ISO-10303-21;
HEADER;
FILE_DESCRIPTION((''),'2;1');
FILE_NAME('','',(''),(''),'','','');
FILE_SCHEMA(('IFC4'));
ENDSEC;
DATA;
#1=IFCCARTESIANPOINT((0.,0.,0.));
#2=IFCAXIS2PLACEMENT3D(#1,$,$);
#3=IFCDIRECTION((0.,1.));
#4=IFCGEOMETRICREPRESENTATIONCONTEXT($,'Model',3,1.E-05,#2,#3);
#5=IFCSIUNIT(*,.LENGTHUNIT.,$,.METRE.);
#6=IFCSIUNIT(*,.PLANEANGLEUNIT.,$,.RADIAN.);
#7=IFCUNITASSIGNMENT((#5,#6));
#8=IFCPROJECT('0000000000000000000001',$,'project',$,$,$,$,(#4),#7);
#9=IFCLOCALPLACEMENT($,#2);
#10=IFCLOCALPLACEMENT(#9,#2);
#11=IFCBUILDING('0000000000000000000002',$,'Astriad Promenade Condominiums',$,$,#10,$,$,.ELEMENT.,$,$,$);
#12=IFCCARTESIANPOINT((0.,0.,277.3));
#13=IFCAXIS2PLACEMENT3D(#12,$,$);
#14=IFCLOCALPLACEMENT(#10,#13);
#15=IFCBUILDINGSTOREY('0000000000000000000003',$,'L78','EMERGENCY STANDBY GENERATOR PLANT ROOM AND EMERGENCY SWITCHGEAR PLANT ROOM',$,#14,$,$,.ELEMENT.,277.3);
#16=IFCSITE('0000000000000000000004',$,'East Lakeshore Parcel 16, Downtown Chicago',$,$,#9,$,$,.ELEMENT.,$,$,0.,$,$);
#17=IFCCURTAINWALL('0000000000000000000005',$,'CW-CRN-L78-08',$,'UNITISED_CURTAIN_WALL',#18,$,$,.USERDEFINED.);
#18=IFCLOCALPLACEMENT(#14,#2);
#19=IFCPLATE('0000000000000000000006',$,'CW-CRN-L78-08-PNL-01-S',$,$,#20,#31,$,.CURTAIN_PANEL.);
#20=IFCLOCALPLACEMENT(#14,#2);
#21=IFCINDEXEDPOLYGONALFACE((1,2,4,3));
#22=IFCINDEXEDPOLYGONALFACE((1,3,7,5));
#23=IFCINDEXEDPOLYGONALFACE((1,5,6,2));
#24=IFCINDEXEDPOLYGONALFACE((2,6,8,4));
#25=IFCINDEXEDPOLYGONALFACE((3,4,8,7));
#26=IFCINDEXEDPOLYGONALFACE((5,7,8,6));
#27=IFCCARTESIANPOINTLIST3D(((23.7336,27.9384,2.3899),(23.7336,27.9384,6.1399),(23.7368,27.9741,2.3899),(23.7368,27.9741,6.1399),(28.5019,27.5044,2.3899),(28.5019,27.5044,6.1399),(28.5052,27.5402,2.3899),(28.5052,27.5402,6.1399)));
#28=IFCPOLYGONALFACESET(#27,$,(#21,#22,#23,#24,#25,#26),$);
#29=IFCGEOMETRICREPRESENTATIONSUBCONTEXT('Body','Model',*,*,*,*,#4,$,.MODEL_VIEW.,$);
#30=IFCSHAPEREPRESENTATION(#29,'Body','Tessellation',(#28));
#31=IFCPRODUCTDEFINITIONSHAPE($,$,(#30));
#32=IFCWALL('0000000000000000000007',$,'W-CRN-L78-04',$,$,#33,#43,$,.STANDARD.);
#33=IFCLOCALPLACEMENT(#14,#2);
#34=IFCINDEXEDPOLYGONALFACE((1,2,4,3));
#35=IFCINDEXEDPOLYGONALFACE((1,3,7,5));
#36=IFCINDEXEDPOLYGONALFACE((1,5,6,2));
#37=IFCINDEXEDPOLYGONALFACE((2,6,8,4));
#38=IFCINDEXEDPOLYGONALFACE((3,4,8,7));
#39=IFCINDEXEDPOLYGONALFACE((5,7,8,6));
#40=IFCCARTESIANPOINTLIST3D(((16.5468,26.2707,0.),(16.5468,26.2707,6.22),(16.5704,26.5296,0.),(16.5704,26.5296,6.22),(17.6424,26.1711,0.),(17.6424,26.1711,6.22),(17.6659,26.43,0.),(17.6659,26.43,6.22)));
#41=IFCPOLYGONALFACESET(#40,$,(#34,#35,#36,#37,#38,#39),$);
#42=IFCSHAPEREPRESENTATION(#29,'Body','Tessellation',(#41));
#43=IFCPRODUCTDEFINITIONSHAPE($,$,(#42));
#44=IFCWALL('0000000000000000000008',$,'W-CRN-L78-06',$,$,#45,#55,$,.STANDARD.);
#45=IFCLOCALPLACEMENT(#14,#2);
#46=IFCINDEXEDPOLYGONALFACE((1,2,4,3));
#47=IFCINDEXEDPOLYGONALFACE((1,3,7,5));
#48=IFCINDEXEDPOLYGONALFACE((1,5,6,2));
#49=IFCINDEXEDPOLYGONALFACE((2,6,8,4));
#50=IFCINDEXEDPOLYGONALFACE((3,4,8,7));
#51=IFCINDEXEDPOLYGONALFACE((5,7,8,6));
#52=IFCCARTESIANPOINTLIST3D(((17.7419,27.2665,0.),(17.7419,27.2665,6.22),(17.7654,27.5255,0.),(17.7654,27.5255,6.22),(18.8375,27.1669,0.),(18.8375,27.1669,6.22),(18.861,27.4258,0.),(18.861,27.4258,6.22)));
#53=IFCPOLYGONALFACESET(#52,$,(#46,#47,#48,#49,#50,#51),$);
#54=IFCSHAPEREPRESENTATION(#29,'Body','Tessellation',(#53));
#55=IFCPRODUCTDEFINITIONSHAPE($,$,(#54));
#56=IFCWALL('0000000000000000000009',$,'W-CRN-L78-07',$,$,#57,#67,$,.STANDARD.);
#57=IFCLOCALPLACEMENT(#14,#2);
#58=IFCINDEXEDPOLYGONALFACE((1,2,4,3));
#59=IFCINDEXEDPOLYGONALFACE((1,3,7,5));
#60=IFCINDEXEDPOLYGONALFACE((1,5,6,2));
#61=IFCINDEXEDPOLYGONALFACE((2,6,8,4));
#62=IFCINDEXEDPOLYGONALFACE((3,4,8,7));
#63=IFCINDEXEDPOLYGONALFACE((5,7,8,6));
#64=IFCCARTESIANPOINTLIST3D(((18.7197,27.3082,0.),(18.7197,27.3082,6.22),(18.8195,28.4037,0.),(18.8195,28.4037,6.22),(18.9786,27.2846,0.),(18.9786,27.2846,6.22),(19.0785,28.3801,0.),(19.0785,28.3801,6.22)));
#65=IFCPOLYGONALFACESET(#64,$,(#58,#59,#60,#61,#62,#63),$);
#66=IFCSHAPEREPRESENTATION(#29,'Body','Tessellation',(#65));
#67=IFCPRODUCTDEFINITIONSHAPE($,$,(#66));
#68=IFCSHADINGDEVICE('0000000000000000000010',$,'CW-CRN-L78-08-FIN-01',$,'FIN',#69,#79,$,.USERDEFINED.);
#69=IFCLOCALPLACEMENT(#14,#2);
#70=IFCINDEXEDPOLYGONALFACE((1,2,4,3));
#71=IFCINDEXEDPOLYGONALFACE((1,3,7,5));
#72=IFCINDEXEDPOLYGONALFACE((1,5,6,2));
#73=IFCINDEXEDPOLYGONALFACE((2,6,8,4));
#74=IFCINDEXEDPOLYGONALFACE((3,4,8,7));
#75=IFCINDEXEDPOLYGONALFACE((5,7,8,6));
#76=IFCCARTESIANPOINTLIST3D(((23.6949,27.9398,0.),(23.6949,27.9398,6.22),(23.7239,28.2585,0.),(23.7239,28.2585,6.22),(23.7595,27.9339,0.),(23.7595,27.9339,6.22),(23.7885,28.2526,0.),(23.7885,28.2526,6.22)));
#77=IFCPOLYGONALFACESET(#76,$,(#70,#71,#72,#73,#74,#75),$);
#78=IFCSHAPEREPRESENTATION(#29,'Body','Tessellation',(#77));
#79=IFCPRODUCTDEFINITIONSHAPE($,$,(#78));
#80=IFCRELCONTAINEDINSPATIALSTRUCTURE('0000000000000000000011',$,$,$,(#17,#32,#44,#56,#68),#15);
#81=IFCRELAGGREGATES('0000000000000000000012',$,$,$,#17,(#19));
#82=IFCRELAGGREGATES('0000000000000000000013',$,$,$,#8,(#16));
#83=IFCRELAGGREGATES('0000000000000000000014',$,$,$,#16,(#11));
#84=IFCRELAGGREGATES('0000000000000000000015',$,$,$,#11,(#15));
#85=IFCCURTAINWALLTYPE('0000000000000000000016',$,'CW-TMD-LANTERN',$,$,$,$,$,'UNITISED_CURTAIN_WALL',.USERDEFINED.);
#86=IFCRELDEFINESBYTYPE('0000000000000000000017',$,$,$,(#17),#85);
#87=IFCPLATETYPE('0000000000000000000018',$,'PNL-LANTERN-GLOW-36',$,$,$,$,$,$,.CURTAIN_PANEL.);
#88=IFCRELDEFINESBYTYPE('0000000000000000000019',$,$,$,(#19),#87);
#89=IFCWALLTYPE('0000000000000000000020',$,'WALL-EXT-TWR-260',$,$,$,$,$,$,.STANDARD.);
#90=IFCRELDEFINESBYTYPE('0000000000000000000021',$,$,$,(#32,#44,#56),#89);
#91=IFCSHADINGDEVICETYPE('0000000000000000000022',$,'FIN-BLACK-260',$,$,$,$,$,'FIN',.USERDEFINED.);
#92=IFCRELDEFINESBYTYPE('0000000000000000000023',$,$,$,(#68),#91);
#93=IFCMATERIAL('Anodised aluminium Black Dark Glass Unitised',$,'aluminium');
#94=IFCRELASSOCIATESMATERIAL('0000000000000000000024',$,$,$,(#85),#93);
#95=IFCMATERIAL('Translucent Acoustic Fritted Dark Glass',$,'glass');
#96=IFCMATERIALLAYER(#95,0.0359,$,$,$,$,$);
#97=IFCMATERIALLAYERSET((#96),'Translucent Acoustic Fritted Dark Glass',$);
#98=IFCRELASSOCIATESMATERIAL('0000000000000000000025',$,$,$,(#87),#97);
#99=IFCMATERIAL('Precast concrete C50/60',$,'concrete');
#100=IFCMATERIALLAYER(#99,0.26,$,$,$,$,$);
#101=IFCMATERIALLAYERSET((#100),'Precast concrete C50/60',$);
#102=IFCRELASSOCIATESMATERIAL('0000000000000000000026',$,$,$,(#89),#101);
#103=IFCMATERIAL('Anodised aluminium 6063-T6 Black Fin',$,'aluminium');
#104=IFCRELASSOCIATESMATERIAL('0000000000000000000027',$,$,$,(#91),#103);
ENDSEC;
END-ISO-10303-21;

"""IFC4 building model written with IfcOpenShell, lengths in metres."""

from ifc_helpers import new_model, si_unit, direction, frame, frame_2d, origin, origin_2d, place, context, subcontext, project, spatial, rectangle, extrude, source, transform, mapped, material, layer, layer_set, type_object, type_shapes, element, aggregate, save


model = new_model("IFC4")

# Units and contexts
model_context = context("Model", 3, precision=1e-05, world=origin(), true_north=direction((0.0, 1.0)))
body_context = subcontext(model_context, "Body", "Model", "MODEL_VIEW")
ifc_project = project(units=[si_unit("LENGTHUNIT", "METRE"), si_unit("PLANEANGLEUNIT", "RADIAN")], contexts=[model_context])

# Site, building, storey
site_placement = place(None, origin())
site = spatial("IfcSite", under=ifc_project, at=site_placement, Name="East Lakeshore Parcel 16, Downtown Chicago", CompositionType="ELEMENT", RefElevation=0.0)
building_placement = place(site_placement, origin())
building = spatial("IfcBuilding", under=site, at=building_placement, Name="Astriad Promenade Condominiums", CompositionType="ELEMENT")
storey_placement = place(building_placement, frame((0.0, 0.0, 277.3)))
storey = spatial("IfcBuildingStorey", under=building, at=storey_placement, Name="L78", Description="EMERGENCY STANDBY GENERATOR PLANT ROOM AND EMERGENCY SWITCHGEAR PLANT ROOM", CompositionType="ELEMENT", Elevation=277.3)

# Shared definitions
ifc_material_1 = material(Name="Anodised aluminium Black Dark Glass Unitised", Category="aluminium")
curtain_wall_type = type_object("IfcCurtainWallType", Name="CW-TMD-LANTERN", ElementType="UNITISED_CURTAIN_WALL", PredefinedType="USERDEFINED", material=ifc_material_1)

# Curtain wall
curtain_wall_1_placement = place(storey_placement, origin())
curtain_wall_1 = element("IfcCurtainWall", 1, at=curtain_wall_1_placement, inside=storey, type_object=curtain_wall_type, Name="CW-CRN-L78-08", ObjectType="UNITISED_CURTAIN_WALL", PredefinedType="USERDEFINED")

# Plate
ifc_material_2 = material(Name="Translucent Acoustic Fritted Dark Glass", Category="glass")
ifc_layer_1 = layer(ifc_material_2, 0.0359)
ifc_layer_set_1 = layer_set([ifc_layer_1], Name="Translucent Acoustic Fritted Dark Glass")
plate_type_1 = type_object("IfcPlateType", Name="PNL-LANTERN-GLOW-36", PredefinedType="CURTAIN_PANEL", material=ifc_layer_set_1)
shared_shape_1 = source(origin(), body_context, "Body", "SweptSolid", [
    extrude(rectangle(XDim=4.7881, YDim=0.0359, at=origin_2d()), origin(), (0.0, 0.0, 1.0), 3.75),
])
plate_1_placement = place(storey_placement, frame((26.1194, 27.7393, 2.3899), z_axis=(0.0, 0.0, 1.0), x_axis=(0.995884, -0.090633, 0.0)))
plate_1 = element("IfcPlate", 2, at=plate_1_placement, type_object=plate_type_1, Name="CW-CRN-L78-08-PNL-01-S", PredefinedType="CURTAIN_PANEL", context=body_context, shape_type="MappedRepresentation", body=[
    mapped(shared_shape_1, transform((0.0, 0.0, 0.0), scale=1.0)),
])
aggregate(curtain_wall_1, [plate_1])

# Walls
ifc_material_3 = material(Name="Precast concrete C50/60", Category="concrete")
ifc_layer_2 = layer(ifc_material_3, 0.26)
ifc_layer_set_2 = layer_set([ifc_layer_2], Name="Precast concrete C50/60")
wall_type = type_object("IfcWallType", Name="WALL-EXT-TWR-260", PredefinedType="STANDARD", material=ifc_layer_set_2)
for number, where, z_axis, x_axis, name in (
    (3, (16.5586, 26.4001, 0.0), (0.0, 0.0, 1.0), (0.995891, -0.090556, 0.0), "W-CRN-L78-04"),
    (4, (17.7537, 27.396, 0.0), (0.0, 0.0, 1.0), (0.995891, -0.090556, 0.0), "W-CRN-L78-06"),
    (5, (18.8491, 27.2964, 0.0), (0.0, 0.0, 1.0), (0.090776, 0.995871, 0.0), "W-CRN-L78-07"),
):
    element("IfcWall", number, at=place(storey_placement, frame(where, z_axis=z_axis, x_axis=x_axis)), inside=storey, type_object=wall_type, Name=name, PredefinedType="STANDARD", context=body_context, shape_type="SweptSolid", body=[
        extrude(rectangle(XDim=1.1001, YDim=0.26, at=frame_2d((0.55, 0.0))), origin(), (0.0, 0.0, 1.0), 6.22),
    ])

# Shading device
ifc_material_4 = material(Name="Anodised aluminium 6063-T6 Black Fin", Category="aluminium")
shading_device_type = type_object("IfcShadingDeviceType", Name="FIN-BLACK-260", ElementType="FIN", PredefinedType="USERDEFINED", material=ifc_material_4)
shared_shape_2 = source(origin(), body_context, "Body", "SweptSolid", [
    extrude(rectangle(XDim=0.0649, YDim=0.3201, at=origin_2d()), origin(), (0.0, 0.0, 1.0), 6.22),
])
type_shapes(shading_device_type, [shared_shape_2])
shading_device_placement = place(storey_placement, frame((23.7417, 28.0962, 0.0), z_axis=(0.0, 0.0, 1.0), x_axis=(0.995884, -0.090633, 0.0)))
element("IfcShadingDevice", 6, at=shading_device_placement, inside=storey, type_object=shading_device_type, Name="CW-CRN-L78-08-FIN-01", ObjectType="FIN", PredefinedType="USERDEFINED", context=body_context, shape_type="MappedRepresentation", body=[
    mapped(shared_shape_2, transform((0.0, 0.0, 0.0), scale=1.0)),
])

save(model, "model.ifc")
